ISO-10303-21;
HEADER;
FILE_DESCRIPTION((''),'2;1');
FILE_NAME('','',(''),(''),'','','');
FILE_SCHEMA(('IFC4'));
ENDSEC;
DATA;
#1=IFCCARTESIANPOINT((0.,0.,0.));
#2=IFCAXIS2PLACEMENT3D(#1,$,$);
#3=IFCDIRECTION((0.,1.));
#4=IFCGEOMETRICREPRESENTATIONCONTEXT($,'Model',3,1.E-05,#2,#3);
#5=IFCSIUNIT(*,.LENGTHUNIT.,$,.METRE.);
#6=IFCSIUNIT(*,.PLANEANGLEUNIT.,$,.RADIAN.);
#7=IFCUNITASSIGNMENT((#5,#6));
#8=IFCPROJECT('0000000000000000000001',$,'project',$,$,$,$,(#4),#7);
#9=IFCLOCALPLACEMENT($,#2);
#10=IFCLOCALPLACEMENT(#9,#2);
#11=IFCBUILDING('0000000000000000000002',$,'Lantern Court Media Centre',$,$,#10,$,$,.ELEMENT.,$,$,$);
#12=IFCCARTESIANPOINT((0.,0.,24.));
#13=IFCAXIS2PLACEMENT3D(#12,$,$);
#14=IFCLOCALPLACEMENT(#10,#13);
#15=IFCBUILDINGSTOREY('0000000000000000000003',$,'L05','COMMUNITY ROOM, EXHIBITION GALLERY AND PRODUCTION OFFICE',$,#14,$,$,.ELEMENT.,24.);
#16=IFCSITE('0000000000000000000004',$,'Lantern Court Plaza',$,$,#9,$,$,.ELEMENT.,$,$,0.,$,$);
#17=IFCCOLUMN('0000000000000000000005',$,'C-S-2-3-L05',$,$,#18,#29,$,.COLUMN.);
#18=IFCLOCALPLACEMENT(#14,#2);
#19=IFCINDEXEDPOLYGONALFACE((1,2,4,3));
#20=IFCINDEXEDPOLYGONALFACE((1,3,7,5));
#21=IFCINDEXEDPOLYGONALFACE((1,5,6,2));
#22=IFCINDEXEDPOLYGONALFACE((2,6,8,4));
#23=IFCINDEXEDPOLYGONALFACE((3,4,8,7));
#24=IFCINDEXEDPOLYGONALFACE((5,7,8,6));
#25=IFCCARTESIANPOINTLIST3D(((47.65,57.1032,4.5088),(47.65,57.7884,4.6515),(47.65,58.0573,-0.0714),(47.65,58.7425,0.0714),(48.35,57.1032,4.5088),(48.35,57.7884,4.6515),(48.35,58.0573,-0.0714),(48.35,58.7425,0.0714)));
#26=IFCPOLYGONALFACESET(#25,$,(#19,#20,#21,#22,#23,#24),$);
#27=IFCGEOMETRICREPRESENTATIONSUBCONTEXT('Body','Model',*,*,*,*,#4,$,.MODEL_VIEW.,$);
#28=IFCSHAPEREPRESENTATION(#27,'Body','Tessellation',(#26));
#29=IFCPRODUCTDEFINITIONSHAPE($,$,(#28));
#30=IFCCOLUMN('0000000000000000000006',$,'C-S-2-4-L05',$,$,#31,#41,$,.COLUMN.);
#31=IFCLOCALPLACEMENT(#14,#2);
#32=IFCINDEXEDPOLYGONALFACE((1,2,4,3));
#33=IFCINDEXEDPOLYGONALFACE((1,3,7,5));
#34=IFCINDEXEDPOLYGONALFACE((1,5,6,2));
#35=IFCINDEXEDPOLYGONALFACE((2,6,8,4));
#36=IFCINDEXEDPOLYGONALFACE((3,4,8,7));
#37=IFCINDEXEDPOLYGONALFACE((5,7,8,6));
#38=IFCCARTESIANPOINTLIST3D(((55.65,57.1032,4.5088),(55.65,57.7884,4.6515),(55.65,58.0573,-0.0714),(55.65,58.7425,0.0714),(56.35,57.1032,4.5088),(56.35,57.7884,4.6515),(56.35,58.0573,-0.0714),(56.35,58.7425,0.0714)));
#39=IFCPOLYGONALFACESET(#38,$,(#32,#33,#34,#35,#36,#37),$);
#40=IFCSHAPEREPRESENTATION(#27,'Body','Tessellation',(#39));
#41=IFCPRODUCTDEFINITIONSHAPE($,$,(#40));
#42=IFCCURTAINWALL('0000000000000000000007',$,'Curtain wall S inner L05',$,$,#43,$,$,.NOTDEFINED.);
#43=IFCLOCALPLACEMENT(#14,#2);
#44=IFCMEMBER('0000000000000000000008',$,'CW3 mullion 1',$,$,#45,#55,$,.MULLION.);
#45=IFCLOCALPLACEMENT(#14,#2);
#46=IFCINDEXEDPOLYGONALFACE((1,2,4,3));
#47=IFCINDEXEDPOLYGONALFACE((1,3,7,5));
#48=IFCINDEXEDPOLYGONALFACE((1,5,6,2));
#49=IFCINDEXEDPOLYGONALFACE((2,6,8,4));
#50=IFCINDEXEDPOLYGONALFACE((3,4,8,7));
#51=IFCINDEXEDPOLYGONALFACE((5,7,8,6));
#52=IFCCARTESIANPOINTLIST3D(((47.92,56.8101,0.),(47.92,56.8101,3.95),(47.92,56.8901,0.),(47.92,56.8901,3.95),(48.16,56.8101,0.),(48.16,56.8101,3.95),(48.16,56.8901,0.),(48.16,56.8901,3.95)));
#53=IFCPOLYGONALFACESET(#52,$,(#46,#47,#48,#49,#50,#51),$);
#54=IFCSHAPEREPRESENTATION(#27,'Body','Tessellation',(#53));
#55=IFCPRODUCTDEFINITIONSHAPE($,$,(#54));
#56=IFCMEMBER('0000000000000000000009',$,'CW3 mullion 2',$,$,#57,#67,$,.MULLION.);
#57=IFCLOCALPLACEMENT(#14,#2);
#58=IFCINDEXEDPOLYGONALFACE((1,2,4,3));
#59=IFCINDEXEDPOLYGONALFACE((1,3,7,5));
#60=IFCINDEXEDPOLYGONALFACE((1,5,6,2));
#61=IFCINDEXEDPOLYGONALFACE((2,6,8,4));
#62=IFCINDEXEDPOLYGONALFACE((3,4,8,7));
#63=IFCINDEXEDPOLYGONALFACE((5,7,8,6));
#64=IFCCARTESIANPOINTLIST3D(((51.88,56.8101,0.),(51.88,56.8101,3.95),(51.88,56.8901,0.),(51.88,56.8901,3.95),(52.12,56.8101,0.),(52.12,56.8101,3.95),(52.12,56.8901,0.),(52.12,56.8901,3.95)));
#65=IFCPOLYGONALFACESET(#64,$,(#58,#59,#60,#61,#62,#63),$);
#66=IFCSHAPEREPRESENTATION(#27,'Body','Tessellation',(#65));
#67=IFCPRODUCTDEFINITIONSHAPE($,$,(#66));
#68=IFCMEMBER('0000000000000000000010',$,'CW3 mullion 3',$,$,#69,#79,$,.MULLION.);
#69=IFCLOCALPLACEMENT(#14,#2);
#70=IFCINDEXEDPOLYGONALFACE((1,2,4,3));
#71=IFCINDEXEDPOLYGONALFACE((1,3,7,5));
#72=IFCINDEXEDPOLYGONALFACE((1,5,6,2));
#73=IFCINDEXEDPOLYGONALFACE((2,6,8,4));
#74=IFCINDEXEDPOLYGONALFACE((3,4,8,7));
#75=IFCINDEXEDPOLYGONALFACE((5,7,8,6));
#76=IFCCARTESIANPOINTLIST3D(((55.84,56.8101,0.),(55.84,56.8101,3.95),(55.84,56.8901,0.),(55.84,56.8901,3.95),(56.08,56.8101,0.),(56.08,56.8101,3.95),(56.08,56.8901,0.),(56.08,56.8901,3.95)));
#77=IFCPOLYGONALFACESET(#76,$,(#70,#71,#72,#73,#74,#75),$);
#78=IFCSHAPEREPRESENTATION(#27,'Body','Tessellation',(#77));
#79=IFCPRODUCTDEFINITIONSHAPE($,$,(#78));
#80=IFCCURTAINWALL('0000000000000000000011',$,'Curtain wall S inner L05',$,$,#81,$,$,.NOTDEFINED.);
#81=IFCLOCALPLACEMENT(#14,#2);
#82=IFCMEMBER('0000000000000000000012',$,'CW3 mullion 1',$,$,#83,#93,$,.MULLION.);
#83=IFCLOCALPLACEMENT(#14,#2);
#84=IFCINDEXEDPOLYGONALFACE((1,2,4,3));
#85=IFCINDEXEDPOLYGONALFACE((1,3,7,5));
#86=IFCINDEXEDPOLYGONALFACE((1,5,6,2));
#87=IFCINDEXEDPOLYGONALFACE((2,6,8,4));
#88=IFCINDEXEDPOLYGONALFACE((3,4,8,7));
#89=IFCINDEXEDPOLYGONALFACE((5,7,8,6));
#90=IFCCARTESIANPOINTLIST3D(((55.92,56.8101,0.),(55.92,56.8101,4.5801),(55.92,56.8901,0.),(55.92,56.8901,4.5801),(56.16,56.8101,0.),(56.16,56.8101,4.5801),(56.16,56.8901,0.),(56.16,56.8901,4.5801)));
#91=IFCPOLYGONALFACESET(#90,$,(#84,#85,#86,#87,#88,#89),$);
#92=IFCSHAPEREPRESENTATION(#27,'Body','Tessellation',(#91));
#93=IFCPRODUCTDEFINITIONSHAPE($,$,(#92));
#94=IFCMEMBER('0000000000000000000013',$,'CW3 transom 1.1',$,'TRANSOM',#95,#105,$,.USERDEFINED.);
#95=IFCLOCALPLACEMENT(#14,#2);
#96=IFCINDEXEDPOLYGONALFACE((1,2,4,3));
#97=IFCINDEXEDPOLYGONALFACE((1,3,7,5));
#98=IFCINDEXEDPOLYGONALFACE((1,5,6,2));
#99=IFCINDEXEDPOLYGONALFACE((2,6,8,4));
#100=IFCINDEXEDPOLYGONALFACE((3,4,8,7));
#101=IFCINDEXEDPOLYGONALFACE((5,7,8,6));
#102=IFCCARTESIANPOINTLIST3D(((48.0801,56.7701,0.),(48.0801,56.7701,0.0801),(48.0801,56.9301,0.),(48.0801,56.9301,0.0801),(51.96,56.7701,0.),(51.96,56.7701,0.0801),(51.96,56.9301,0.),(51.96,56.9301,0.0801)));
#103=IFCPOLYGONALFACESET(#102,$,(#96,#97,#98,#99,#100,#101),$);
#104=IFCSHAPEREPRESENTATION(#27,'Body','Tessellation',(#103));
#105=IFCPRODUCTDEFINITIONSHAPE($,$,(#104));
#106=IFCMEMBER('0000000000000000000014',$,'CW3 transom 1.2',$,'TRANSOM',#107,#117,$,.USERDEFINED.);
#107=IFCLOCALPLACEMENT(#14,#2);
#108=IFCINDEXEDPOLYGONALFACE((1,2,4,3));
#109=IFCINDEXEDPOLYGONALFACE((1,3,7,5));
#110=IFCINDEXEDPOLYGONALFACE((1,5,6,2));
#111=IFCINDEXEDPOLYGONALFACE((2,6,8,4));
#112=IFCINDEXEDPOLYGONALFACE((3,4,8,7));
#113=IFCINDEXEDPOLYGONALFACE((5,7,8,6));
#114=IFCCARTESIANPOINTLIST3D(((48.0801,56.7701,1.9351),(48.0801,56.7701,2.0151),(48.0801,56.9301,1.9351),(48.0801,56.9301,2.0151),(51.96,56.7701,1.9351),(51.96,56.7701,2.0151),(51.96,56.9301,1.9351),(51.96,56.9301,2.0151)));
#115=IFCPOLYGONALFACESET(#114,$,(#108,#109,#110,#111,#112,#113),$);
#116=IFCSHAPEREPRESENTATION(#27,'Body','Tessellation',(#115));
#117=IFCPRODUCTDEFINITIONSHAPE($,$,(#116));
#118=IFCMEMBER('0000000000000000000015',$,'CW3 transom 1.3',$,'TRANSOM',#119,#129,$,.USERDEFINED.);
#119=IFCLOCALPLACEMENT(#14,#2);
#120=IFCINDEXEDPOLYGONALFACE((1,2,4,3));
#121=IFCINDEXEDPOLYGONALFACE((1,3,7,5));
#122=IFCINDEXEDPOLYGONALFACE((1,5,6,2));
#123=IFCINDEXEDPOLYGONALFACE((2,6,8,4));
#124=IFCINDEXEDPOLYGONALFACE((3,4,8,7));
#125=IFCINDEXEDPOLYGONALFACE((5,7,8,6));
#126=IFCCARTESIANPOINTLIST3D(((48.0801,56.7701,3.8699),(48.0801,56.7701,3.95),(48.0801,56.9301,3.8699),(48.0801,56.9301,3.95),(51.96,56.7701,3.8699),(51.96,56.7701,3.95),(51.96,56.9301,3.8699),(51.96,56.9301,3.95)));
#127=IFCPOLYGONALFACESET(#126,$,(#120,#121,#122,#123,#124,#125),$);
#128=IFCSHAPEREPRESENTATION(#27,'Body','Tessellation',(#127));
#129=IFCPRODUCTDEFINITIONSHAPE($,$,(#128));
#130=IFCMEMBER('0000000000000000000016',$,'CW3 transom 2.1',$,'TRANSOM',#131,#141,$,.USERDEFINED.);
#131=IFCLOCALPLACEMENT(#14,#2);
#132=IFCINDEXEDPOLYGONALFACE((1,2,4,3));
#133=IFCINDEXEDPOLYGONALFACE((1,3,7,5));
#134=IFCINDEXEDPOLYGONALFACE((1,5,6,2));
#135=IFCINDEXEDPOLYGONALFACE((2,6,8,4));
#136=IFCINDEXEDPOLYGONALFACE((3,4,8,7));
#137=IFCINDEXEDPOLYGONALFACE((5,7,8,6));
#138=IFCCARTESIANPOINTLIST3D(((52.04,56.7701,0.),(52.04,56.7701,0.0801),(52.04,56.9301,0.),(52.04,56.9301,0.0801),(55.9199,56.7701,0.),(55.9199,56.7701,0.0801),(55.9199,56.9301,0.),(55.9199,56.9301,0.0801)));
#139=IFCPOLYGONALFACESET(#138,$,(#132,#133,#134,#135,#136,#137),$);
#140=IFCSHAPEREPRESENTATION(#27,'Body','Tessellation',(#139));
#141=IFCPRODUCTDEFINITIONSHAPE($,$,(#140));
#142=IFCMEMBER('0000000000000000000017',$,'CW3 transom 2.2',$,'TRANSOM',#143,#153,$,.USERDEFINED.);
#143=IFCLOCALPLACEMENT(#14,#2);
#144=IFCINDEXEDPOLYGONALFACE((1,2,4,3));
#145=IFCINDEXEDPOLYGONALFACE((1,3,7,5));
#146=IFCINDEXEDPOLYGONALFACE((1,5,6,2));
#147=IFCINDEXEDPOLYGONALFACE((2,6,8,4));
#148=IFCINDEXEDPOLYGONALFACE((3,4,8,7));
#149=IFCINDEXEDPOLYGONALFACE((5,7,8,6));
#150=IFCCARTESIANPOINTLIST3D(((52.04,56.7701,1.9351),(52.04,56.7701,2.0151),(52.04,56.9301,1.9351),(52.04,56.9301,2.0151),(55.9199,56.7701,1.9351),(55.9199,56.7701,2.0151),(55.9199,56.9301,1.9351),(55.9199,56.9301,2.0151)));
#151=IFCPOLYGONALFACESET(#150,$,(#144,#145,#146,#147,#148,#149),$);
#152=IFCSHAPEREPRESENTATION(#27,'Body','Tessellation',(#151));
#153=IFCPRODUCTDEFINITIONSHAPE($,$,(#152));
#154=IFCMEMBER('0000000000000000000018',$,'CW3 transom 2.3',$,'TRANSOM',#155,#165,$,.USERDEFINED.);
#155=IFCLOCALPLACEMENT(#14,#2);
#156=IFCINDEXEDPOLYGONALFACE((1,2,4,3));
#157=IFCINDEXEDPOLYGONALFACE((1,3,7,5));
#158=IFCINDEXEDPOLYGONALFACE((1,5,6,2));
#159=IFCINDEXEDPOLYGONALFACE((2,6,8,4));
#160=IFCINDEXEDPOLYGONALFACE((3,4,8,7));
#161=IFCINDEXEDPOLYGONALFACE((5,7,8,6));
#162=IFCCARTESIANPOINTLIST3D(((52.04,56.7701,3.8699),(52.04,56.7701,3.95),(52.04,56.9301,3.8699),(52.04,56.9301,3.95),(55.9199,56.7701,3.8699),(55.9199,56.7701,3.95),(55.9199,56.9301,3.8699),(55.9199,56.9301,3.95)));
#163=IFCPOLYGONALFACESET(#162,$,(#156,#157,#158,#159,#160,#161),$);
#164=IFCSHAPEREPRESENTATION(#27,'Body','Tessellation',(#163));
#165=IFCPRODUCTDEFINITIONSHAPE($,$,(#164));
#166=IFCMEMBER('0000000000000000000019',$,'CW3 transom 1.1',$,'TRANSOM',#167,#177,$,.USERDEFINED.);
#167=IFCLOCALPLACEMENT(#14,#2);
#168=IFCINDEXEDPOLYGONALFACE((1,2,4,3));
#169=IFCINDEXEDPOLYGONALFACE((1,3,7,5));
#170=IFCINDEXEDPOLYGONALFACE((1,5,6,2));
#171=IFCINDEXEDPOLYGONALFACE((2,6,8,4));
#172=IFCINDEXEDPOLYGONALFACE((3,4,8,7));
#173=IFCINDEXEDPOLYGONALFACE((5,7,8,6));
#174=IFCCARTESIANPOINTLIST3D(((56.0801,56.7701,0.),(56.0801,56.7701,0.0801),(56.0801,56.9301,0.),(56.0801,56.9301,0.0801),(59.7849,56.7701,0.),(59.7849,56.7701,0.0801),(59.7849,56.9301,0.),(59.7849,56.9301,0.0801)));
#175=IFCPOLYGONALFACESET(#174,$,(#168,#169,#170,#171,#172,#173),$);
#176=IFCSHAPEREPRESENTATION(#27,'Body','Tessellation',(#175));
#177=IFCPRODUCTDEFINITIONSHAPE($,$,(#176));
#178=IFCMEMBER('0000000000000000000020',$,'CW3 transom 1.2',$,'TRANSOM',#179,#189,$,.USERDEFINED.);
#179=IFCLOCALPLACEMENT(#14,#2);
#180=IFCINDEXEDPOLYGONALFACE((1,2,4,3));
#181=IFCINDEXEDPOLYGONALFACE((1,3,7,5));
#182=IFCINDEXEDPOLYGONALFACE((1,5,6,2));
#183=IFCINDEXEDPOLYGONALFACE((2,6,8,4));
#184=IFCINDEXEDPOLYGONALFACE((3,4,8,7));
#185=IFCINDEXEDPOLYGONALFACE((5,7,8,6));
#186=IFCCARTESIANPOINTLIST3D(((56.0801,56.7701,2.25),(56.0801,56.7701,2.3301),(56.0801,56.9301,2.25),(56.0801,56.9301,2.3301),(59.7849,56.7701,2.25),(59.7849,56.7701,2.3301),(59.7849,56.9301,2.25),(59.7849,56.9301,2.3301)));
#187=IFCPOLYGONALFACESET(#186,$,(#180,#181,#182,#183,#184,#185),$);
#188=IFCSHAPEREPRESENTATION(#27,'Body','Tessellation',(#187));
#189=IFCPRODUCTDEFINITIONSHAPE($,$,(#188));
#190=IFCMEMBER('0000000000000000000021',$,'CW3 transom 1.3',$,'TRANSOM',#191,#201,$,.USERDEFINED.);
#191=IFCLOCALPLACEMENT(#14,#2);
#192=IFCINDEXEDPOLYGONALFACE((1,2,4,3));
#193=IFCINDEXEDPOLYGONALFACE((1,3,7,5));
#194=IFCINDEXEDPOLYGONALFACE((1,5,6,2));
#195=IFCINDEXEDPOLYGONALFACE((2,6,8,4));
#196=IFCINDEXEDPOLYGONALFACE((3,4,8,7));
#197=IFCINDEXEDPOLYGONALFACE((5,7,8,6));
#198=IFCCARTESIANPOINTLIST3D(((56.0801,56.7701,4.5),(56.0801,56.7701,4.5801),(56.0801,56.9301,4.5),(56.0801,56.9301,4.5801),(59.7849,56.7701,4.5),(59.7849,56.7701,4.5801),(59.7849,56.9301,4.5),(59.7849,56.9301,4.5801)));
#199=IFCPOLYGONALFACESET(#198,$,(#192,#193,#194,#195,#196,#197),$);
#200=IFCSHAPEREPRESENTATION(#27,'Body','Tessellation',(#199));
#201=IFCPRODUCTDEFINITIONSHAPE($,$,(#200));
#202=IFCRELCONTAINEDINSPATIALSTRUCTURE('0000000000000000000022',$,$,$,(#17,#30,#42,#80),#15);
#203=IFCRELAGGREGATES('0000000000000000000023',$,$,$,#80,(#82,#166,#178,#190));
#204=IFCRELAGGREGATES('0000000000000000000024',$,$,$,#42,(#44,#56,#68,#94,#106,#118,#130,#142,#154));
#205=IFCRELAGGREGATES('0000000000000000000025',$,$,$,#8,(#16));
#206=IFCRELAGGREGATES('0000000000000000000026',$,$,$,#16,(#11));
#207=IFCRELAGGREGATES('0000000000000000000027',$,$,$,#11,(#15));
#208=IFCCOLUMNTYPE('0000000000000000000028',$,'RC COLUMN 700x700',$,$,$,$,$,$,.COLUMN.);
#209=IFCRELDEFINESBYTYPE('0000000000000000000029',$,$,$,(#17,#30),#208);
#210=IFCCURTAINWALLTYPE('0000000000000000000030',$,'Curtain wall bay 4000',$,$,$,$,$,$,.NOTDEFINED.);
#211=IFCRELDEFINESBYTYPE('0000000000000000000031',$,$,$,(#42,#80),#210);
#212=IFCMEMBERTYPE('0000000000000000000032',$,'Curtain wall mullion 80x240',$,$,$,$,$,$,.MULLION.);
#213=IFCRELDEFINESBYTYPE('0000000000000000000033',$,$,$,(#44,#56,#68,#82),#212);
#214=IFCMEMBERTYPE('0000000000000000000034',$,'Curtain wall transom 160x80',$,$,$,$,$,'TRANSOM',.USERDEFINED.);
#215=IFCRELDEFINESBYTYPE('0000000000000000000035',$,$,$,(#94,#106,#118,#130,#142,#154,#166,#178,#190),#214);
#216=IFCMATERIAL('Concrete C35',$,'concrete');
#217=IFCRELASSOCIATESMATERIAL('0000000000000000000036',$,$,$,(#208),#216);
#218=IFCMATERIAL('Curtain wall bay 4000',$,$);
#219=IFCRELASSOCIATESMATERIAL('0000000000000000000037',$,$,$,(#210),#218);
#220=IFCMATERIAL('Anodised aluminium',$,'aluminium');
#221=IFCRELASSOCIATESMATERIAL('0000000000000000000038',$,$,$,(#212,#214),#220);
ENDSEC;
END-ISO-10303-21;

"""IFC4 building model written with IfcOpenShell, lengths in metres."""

from ifc_helpers import new_model, si_unit, direction, frame, origin, origin_2d, place, context, subcontext, project, spatial, rectangle, extrude, material, material_profile, profile_set, type_object, element, aggregate, save


model = new_model("IFC4")

# Units and contexts
model_context = context("Model", 3, precision=1e-05, world=origin(), true_north=direction((0.0, 1.0)))
body_context = subcontext(model_context, "Body", "Model", "MODEL_VIEW")
ifc_project = project(units=[si_unit("LENGTHUNIT", "METRE"), si_unit("PLANEANGLEUNIT", "RADIAN")], contexts=[model_context])

# Site, building, storey
site_placement = place(None, origin())
site = spatial("IfcSite", under=ifc_project, at=site_placement, Name="Lantern Court Plaza", CompositionType="ELEMENT", RefElevation=0.0)
building_placement = place(site_placement, origin())
building = spatial("IfcBuilding", under=site, at=building_placement, Name="Lantern Court Media Centre", CompositionType="ELEMENT")
storey_placement = place(building_placement, frame((0.0, 0.0, 24.0)))
storey = spatial("IfcBuildingStorey", under=building, at=storey_placement, Name="L05", Description="COMMUNITY ROOM, EXHIBITION GALLERY AND PRODUCTION OFFICE", CompositionType="ELEMENT", Elevation=24.0)

# Columns
ifc_material_1 = material(Name="Concrete C35", Category="concrete")
ifc_material_profile_1 = material_profile(ifc_material_1, rectangle(XDim=0.7, YDim=0.7, at=origin_2d()), Name="RC 700x700")
ifc_profile_set_1 = profile_set([ifc_material_profile_1], Name="Concrete C35")
column_type = type_object("IfcColumnType", Name="RC COLUMN 700x700", PredefinedType="COLUMN", material=ifc_profile_set_1)
for number, where, z_axis, x_axis, name in (
    (1, (48.0, 58.3999, 0.0), (0.0, -0.203938, 0.978984), (1.0, 0.0, 0.0), "C-S-2-3-L05"),
    (2, (56.0, 58.3999, 0.0), (0.0, -0.203938, 0.978984), (1.0, 0.0, 0.0), "C-S-2-4-L05"),
):
    element("IfcColumn", number, at=place(storey_placement, frame(where, z_axis=z_axis, x_axis=x_axis)), inside=storey, type_object=column_type, Name=name, PredefinedType="COLUMN", context=body_context, shape_type="SweptSolid", body=[
        extrude(rectangle(XDim=0.7, YDim=0.7, at=origin_2d()), origin(), (0.0, 0.0, 1.0), 4.6785),
    ])

# Curtain wall, members
ifc_material_2 = material(Name="Curtain wall bay 4000")
curtain_wall_type = type_object("IfcCurtainWallType", Name="Curtain wall bay 4000", PredefinedType="NOTDEFINED", material=ifc_material_2)
curtain_wall_1_placement = place(storey_placement, origin())
curtain_wall_1 = element("IfcCurtainWall", 3, at=curtain_wall_1_placement, inside=storey, type_object=curtain_wall_type, Name="Curtain wall S inner L05", PredefinedType="NOTDEFINED")
ifc_material_3 = material(Name="Anodised aluminium", Category="aluminium")
ifc_material_profile_2 = material_profile(ifc_material_3, rectangle(XDim=0.0801, YDim=0.24, at=origin_2d()), Name="AL 80x240")
ifc_profile_set_2 = profile_set([ifc_material_profile_2], Name="Anodised aluminium")
member_type_1 = type_object("IfcMemberType", Name="Curtain wall mullion 80x240", PredefinedType="MULLION", material=ifc_profile_set_2)
member_1_placement = place(storey_placement, frame((48.04, 56.8501, 0.0), z_axis=(0.0, 0.0, 1.0), x_axis=(0.0, 1.0, 0.0)))
member_1 = element("IfcMember", 4, at=member_1_placement, type_object=member_type_1, Name="CW3 mullion 1", PredefinedType="MULLION", context=body_context, shape_type="SweptSolid", body=[
    extrude(rectangle(XDim=0.0801, YDim=0.24, at=origin_2d()), origin(), (0.0, 0.0, 1.0), 3.95),
])
member_2_placement = place(storey_placement, frame((52.0, 56.8501, 0.0), z_axis=(0.0, 0.0, 1.0), x_axis=(0.0, 1.0, 0.0)))
member_2 = element("IfcMember", 5, at=member_2_placement, type_object=member_type_1, Name="CW3 mullion 2", PredefinedType="MULLION", context=body_context, shape_type="SweptSolid", body=[
    extrude(rectangle(XDim=0.0801, YDim=0.24, at=origin_2d()), origin(), (0.0, 0.0, 1.0), 3.95),
])
member_3_placement = place(storey_placement, frame((55.96, 56.8501, 0.0), z_axis=(0.0, 0.0, 1.0), x_axis=(0.0, 1.0, 0.0)))
member_3 = element("IfcMember", 6, at=member_3_placement, type_object=member_type_1, Name="CW3 mullion 3", PredefinedType="MULLION", context=body_context, shape_type="SweptSolid", body=[
    extrude(rectangle(XDim=0.0801, YDim=0.24, at=origin_2d()), origin(), (0.0, 0.0, 1.0), 3.95),
])

# Curtain wall, member
curtain_wall_2_placement = place(storey_placement, origin())
curtain_wall_2 = element("IfcCurtainWall", 7, at=curtain_wall_2_placement, inside=storey, type_object=curtain_wall_type, Name="Curtain wall S inner L05", PredefinedType="NOTDEFINED")
member_4_placement = place(storey_placement, frame((56.04, 56.8501, 0.0), z_axis=(0.0, 0.0, 1.0), x_axis=(0.0, 1.0, 0.0)))
member_4 = element("IfcMember", 8, at=member_4_placement, type_object=member_type_1, Name="CW3 mullion 1", PredefinedType="MULLION", context=body_context, shape_type="SweptSolid", body=[
    extrude(rectangle(XDim=0.0801, YDim=0.24, at=origin_2d()), origin(), (0.0, 0.0, 1.0), 4.5801),
])

# Members
ifc_material_profile_3 = material_profile(ifc_material_3, rectangle(XDim=0.1599, YDim=0.0801, at=origin_2d()), Name="AL 80x160")
ifc_profile_set_3 = profile_set([ifc_material_profile_3], Name="Anodised aluminium")
member_type_2 = type_object("IfcMemberType", Name="Curtain wall transom 160x80", ElementType="TRANSOM", PredefinedType="USERDEFINED", material=ifc_profile_set_3)
member_5_placement = place(storey_placement, frame((48.0801, 56.8501, 0.04), z_axis=(1.0, 0.0, 0.0), x_axis=(0.0, 1.0, 0.0)))
member_5 = element("IfcMember", 9, at=member_5_placement, type_object=member_type_2, Name="CW3 transom 1.1", ObjectType="TRANSOM", PredefinedType="USERDEFINED", context=body_context, shape_type="SweptSolid", body=[
    extrude(rectangle(XDim=0.1599, YDim=0.0801, at=origin_2d()), origin(), (0.0, 0.0, 1.0), 3.8799),
])
member_6_placement = place(storey_placement, frame((48.0801, 56.8501, 1.9751), z_axis=(1.0, 0.0, 0.0), x_axis=(0.0, 1.0, 0.0)))
member_6 = element("IfcMember", 10, at=member_6_placement, type_object=member_type_2, Name="CW3 transom 1.2", ObjectType="TRANSOM", PredefinedType="USERDEFINED", context=body_context, shape_type="SweptSolid", body=[
    extrude(rectangle(XDim=0.1599, YDim=0.0801, at=origin_2d()), origin(), (0.0, 0.0, 1.0), 3.8799),
])
member_7_placement = place(storey_placement, frame((48.0801, 56.8501, 3.9099), z_axis=(1.0, 0.0, 0.0), x_axis=(0.0, 1.0, 0.0)))
member_7 = element("IfcMember", 11, at=member_7_placement, type_object=member_type_2, Name="CW3 transom 1.3", ObjectType="TRANSOM", PredefinedType="USERDEFINED", context=body_context, shape_type="SweptSolid", body=[
    extrude(rectangle(XDim=0.1599, YDim=0.0801, at=origin_2d()), origin(), (0.0, 0.0, 1.0), 3.8799),
])
member_8_placement = place(storey_placement, frame((52.04, 56.8501, 0.04), z_axis=(1.0, 0.0, 0.0), x_axis=(0.0, 1.0, 0.0)))
member_8 = element("IfcMember", 12, at=member_8_placement, type_object=member_type_2, Name="CW3 transom 2.1", ObjectType="TRANSOM", PredefinedType="USERDEFINED", context=body_context, shape_type="SweptSolid", body=[
    extrude(rectangle(XDim=0.1599, YDim=0.0801, at=origin_2d()), origin(), (0.0, 0.0, 1.0), 3.8799),
])
member_9_placement = place(storey_placement, frame((52.04, 56.8501, 1.9751), z_axis=(1.0, 0.0, 0.0), x_axis=(0.0, 1.0, 0.0)))
member_9 = element("IfcMember", 13, at=member_9_placement, type_object=member_type_2, Name="CW3 transom 2.2", ObjectType="TRANSOM", PredefinedType="USERDEFINED", context=body_context, shape_type="SweptSolid", body=[
    extrude(rectangle(XDim=0.1599, YDim=0.0801, at=origin_2d()), origin(), (0.0, 0.0, 1.0), 3.8799),
])
member_10_placement = place(storey_placement, frame((52.04, 56.8501, 3.9099), z_axis=(1.0, 0.0, 0.0), x_axis=(0.0, 1.0, 0.0)))
member_10 = element("IfcMember", 14, at=member_10_placement, type_object=member_type_2, Name="CW3 transom 2.3", ObjectType="TRANSOM", PredefinedType="USERDEFINED", context=body_context, shape_type="SweptSolid", body=[
    extrude(rectangle(XDim=0.1599, YDim=0.0801, at=origin_2d()), origin(), (0.0, 0.0, 1.0), 3.8799),
])
member_11_placement = place(storey_placement, frame((56.0801, 56.8501, 0.04), z_axis=(1.0, 0.0, 0.0), x_axis=(0.0, 1.0, 0.0)))
member_11 = element("IfcMember", 15, at=member_11_placement, type_object=member_type_2, Name="CW3 transom 1.1", ObjectType="TRANSOM", PredefinedType="USERDEFINED", context=body_context, shape_type="SweptSolid", body=[
    extrude(rectangle(XDim=0.1599, YDim=0.0801, at=origin_2d()), origin(), (0.0, 0.0, 1.0), 3.7048),
])
member_12_placement = place(storey_placement, frame((56.0801, 56.8501, 2.29), z_axis=(1.0, 0.0, 0.0), x_axis=(0.0, 1.0, 0.0)))
member_12 = element("IfcMember", 16, at=member_12_placement, type_object=member_type_2, Name="CW3 transom 1.2", ObjectType="TRANSOM", PredefinedType="USERDEFINED", context=body_context, shape_type="SweptSolid", body=[
    extrude(rectangle(XDim=0.1599, YDim=0.0801, at=origin_2d()), origin(), (0.0, 0.0, 1.0), 3.7048),
])
member_13_placement = place(storey_placement, frame((56.0801, 56.8501, 4.54), z_axis=(1.0, 0.0, 0.0), x_axis=(0.0, 1.0, 0.0)))
member_13 = element("IfcMember", 17, at=member_13_placement, type_object=member_type_2, Name="CW3 transom 1.3", ObjectType="TRANSOM", PredefinedType="USERDEFINED", context=body_context, shape_type="SweptSolid", body=[
    extrude(rectangle(XDim=0.1599, YDim=0.0801, at=origin_2d()), origin(), (0.0, 0.0, 1.0), 3.7048),
])
aggregate(curtain_wall_2, [member_4, member_11, member_12, member_13])

aggregate(curtain_wall_1, [member_1, member_2, member_3, member_5, member_6, member_7, member_8, member_9, member_10])

save(model, "model.ifc")
